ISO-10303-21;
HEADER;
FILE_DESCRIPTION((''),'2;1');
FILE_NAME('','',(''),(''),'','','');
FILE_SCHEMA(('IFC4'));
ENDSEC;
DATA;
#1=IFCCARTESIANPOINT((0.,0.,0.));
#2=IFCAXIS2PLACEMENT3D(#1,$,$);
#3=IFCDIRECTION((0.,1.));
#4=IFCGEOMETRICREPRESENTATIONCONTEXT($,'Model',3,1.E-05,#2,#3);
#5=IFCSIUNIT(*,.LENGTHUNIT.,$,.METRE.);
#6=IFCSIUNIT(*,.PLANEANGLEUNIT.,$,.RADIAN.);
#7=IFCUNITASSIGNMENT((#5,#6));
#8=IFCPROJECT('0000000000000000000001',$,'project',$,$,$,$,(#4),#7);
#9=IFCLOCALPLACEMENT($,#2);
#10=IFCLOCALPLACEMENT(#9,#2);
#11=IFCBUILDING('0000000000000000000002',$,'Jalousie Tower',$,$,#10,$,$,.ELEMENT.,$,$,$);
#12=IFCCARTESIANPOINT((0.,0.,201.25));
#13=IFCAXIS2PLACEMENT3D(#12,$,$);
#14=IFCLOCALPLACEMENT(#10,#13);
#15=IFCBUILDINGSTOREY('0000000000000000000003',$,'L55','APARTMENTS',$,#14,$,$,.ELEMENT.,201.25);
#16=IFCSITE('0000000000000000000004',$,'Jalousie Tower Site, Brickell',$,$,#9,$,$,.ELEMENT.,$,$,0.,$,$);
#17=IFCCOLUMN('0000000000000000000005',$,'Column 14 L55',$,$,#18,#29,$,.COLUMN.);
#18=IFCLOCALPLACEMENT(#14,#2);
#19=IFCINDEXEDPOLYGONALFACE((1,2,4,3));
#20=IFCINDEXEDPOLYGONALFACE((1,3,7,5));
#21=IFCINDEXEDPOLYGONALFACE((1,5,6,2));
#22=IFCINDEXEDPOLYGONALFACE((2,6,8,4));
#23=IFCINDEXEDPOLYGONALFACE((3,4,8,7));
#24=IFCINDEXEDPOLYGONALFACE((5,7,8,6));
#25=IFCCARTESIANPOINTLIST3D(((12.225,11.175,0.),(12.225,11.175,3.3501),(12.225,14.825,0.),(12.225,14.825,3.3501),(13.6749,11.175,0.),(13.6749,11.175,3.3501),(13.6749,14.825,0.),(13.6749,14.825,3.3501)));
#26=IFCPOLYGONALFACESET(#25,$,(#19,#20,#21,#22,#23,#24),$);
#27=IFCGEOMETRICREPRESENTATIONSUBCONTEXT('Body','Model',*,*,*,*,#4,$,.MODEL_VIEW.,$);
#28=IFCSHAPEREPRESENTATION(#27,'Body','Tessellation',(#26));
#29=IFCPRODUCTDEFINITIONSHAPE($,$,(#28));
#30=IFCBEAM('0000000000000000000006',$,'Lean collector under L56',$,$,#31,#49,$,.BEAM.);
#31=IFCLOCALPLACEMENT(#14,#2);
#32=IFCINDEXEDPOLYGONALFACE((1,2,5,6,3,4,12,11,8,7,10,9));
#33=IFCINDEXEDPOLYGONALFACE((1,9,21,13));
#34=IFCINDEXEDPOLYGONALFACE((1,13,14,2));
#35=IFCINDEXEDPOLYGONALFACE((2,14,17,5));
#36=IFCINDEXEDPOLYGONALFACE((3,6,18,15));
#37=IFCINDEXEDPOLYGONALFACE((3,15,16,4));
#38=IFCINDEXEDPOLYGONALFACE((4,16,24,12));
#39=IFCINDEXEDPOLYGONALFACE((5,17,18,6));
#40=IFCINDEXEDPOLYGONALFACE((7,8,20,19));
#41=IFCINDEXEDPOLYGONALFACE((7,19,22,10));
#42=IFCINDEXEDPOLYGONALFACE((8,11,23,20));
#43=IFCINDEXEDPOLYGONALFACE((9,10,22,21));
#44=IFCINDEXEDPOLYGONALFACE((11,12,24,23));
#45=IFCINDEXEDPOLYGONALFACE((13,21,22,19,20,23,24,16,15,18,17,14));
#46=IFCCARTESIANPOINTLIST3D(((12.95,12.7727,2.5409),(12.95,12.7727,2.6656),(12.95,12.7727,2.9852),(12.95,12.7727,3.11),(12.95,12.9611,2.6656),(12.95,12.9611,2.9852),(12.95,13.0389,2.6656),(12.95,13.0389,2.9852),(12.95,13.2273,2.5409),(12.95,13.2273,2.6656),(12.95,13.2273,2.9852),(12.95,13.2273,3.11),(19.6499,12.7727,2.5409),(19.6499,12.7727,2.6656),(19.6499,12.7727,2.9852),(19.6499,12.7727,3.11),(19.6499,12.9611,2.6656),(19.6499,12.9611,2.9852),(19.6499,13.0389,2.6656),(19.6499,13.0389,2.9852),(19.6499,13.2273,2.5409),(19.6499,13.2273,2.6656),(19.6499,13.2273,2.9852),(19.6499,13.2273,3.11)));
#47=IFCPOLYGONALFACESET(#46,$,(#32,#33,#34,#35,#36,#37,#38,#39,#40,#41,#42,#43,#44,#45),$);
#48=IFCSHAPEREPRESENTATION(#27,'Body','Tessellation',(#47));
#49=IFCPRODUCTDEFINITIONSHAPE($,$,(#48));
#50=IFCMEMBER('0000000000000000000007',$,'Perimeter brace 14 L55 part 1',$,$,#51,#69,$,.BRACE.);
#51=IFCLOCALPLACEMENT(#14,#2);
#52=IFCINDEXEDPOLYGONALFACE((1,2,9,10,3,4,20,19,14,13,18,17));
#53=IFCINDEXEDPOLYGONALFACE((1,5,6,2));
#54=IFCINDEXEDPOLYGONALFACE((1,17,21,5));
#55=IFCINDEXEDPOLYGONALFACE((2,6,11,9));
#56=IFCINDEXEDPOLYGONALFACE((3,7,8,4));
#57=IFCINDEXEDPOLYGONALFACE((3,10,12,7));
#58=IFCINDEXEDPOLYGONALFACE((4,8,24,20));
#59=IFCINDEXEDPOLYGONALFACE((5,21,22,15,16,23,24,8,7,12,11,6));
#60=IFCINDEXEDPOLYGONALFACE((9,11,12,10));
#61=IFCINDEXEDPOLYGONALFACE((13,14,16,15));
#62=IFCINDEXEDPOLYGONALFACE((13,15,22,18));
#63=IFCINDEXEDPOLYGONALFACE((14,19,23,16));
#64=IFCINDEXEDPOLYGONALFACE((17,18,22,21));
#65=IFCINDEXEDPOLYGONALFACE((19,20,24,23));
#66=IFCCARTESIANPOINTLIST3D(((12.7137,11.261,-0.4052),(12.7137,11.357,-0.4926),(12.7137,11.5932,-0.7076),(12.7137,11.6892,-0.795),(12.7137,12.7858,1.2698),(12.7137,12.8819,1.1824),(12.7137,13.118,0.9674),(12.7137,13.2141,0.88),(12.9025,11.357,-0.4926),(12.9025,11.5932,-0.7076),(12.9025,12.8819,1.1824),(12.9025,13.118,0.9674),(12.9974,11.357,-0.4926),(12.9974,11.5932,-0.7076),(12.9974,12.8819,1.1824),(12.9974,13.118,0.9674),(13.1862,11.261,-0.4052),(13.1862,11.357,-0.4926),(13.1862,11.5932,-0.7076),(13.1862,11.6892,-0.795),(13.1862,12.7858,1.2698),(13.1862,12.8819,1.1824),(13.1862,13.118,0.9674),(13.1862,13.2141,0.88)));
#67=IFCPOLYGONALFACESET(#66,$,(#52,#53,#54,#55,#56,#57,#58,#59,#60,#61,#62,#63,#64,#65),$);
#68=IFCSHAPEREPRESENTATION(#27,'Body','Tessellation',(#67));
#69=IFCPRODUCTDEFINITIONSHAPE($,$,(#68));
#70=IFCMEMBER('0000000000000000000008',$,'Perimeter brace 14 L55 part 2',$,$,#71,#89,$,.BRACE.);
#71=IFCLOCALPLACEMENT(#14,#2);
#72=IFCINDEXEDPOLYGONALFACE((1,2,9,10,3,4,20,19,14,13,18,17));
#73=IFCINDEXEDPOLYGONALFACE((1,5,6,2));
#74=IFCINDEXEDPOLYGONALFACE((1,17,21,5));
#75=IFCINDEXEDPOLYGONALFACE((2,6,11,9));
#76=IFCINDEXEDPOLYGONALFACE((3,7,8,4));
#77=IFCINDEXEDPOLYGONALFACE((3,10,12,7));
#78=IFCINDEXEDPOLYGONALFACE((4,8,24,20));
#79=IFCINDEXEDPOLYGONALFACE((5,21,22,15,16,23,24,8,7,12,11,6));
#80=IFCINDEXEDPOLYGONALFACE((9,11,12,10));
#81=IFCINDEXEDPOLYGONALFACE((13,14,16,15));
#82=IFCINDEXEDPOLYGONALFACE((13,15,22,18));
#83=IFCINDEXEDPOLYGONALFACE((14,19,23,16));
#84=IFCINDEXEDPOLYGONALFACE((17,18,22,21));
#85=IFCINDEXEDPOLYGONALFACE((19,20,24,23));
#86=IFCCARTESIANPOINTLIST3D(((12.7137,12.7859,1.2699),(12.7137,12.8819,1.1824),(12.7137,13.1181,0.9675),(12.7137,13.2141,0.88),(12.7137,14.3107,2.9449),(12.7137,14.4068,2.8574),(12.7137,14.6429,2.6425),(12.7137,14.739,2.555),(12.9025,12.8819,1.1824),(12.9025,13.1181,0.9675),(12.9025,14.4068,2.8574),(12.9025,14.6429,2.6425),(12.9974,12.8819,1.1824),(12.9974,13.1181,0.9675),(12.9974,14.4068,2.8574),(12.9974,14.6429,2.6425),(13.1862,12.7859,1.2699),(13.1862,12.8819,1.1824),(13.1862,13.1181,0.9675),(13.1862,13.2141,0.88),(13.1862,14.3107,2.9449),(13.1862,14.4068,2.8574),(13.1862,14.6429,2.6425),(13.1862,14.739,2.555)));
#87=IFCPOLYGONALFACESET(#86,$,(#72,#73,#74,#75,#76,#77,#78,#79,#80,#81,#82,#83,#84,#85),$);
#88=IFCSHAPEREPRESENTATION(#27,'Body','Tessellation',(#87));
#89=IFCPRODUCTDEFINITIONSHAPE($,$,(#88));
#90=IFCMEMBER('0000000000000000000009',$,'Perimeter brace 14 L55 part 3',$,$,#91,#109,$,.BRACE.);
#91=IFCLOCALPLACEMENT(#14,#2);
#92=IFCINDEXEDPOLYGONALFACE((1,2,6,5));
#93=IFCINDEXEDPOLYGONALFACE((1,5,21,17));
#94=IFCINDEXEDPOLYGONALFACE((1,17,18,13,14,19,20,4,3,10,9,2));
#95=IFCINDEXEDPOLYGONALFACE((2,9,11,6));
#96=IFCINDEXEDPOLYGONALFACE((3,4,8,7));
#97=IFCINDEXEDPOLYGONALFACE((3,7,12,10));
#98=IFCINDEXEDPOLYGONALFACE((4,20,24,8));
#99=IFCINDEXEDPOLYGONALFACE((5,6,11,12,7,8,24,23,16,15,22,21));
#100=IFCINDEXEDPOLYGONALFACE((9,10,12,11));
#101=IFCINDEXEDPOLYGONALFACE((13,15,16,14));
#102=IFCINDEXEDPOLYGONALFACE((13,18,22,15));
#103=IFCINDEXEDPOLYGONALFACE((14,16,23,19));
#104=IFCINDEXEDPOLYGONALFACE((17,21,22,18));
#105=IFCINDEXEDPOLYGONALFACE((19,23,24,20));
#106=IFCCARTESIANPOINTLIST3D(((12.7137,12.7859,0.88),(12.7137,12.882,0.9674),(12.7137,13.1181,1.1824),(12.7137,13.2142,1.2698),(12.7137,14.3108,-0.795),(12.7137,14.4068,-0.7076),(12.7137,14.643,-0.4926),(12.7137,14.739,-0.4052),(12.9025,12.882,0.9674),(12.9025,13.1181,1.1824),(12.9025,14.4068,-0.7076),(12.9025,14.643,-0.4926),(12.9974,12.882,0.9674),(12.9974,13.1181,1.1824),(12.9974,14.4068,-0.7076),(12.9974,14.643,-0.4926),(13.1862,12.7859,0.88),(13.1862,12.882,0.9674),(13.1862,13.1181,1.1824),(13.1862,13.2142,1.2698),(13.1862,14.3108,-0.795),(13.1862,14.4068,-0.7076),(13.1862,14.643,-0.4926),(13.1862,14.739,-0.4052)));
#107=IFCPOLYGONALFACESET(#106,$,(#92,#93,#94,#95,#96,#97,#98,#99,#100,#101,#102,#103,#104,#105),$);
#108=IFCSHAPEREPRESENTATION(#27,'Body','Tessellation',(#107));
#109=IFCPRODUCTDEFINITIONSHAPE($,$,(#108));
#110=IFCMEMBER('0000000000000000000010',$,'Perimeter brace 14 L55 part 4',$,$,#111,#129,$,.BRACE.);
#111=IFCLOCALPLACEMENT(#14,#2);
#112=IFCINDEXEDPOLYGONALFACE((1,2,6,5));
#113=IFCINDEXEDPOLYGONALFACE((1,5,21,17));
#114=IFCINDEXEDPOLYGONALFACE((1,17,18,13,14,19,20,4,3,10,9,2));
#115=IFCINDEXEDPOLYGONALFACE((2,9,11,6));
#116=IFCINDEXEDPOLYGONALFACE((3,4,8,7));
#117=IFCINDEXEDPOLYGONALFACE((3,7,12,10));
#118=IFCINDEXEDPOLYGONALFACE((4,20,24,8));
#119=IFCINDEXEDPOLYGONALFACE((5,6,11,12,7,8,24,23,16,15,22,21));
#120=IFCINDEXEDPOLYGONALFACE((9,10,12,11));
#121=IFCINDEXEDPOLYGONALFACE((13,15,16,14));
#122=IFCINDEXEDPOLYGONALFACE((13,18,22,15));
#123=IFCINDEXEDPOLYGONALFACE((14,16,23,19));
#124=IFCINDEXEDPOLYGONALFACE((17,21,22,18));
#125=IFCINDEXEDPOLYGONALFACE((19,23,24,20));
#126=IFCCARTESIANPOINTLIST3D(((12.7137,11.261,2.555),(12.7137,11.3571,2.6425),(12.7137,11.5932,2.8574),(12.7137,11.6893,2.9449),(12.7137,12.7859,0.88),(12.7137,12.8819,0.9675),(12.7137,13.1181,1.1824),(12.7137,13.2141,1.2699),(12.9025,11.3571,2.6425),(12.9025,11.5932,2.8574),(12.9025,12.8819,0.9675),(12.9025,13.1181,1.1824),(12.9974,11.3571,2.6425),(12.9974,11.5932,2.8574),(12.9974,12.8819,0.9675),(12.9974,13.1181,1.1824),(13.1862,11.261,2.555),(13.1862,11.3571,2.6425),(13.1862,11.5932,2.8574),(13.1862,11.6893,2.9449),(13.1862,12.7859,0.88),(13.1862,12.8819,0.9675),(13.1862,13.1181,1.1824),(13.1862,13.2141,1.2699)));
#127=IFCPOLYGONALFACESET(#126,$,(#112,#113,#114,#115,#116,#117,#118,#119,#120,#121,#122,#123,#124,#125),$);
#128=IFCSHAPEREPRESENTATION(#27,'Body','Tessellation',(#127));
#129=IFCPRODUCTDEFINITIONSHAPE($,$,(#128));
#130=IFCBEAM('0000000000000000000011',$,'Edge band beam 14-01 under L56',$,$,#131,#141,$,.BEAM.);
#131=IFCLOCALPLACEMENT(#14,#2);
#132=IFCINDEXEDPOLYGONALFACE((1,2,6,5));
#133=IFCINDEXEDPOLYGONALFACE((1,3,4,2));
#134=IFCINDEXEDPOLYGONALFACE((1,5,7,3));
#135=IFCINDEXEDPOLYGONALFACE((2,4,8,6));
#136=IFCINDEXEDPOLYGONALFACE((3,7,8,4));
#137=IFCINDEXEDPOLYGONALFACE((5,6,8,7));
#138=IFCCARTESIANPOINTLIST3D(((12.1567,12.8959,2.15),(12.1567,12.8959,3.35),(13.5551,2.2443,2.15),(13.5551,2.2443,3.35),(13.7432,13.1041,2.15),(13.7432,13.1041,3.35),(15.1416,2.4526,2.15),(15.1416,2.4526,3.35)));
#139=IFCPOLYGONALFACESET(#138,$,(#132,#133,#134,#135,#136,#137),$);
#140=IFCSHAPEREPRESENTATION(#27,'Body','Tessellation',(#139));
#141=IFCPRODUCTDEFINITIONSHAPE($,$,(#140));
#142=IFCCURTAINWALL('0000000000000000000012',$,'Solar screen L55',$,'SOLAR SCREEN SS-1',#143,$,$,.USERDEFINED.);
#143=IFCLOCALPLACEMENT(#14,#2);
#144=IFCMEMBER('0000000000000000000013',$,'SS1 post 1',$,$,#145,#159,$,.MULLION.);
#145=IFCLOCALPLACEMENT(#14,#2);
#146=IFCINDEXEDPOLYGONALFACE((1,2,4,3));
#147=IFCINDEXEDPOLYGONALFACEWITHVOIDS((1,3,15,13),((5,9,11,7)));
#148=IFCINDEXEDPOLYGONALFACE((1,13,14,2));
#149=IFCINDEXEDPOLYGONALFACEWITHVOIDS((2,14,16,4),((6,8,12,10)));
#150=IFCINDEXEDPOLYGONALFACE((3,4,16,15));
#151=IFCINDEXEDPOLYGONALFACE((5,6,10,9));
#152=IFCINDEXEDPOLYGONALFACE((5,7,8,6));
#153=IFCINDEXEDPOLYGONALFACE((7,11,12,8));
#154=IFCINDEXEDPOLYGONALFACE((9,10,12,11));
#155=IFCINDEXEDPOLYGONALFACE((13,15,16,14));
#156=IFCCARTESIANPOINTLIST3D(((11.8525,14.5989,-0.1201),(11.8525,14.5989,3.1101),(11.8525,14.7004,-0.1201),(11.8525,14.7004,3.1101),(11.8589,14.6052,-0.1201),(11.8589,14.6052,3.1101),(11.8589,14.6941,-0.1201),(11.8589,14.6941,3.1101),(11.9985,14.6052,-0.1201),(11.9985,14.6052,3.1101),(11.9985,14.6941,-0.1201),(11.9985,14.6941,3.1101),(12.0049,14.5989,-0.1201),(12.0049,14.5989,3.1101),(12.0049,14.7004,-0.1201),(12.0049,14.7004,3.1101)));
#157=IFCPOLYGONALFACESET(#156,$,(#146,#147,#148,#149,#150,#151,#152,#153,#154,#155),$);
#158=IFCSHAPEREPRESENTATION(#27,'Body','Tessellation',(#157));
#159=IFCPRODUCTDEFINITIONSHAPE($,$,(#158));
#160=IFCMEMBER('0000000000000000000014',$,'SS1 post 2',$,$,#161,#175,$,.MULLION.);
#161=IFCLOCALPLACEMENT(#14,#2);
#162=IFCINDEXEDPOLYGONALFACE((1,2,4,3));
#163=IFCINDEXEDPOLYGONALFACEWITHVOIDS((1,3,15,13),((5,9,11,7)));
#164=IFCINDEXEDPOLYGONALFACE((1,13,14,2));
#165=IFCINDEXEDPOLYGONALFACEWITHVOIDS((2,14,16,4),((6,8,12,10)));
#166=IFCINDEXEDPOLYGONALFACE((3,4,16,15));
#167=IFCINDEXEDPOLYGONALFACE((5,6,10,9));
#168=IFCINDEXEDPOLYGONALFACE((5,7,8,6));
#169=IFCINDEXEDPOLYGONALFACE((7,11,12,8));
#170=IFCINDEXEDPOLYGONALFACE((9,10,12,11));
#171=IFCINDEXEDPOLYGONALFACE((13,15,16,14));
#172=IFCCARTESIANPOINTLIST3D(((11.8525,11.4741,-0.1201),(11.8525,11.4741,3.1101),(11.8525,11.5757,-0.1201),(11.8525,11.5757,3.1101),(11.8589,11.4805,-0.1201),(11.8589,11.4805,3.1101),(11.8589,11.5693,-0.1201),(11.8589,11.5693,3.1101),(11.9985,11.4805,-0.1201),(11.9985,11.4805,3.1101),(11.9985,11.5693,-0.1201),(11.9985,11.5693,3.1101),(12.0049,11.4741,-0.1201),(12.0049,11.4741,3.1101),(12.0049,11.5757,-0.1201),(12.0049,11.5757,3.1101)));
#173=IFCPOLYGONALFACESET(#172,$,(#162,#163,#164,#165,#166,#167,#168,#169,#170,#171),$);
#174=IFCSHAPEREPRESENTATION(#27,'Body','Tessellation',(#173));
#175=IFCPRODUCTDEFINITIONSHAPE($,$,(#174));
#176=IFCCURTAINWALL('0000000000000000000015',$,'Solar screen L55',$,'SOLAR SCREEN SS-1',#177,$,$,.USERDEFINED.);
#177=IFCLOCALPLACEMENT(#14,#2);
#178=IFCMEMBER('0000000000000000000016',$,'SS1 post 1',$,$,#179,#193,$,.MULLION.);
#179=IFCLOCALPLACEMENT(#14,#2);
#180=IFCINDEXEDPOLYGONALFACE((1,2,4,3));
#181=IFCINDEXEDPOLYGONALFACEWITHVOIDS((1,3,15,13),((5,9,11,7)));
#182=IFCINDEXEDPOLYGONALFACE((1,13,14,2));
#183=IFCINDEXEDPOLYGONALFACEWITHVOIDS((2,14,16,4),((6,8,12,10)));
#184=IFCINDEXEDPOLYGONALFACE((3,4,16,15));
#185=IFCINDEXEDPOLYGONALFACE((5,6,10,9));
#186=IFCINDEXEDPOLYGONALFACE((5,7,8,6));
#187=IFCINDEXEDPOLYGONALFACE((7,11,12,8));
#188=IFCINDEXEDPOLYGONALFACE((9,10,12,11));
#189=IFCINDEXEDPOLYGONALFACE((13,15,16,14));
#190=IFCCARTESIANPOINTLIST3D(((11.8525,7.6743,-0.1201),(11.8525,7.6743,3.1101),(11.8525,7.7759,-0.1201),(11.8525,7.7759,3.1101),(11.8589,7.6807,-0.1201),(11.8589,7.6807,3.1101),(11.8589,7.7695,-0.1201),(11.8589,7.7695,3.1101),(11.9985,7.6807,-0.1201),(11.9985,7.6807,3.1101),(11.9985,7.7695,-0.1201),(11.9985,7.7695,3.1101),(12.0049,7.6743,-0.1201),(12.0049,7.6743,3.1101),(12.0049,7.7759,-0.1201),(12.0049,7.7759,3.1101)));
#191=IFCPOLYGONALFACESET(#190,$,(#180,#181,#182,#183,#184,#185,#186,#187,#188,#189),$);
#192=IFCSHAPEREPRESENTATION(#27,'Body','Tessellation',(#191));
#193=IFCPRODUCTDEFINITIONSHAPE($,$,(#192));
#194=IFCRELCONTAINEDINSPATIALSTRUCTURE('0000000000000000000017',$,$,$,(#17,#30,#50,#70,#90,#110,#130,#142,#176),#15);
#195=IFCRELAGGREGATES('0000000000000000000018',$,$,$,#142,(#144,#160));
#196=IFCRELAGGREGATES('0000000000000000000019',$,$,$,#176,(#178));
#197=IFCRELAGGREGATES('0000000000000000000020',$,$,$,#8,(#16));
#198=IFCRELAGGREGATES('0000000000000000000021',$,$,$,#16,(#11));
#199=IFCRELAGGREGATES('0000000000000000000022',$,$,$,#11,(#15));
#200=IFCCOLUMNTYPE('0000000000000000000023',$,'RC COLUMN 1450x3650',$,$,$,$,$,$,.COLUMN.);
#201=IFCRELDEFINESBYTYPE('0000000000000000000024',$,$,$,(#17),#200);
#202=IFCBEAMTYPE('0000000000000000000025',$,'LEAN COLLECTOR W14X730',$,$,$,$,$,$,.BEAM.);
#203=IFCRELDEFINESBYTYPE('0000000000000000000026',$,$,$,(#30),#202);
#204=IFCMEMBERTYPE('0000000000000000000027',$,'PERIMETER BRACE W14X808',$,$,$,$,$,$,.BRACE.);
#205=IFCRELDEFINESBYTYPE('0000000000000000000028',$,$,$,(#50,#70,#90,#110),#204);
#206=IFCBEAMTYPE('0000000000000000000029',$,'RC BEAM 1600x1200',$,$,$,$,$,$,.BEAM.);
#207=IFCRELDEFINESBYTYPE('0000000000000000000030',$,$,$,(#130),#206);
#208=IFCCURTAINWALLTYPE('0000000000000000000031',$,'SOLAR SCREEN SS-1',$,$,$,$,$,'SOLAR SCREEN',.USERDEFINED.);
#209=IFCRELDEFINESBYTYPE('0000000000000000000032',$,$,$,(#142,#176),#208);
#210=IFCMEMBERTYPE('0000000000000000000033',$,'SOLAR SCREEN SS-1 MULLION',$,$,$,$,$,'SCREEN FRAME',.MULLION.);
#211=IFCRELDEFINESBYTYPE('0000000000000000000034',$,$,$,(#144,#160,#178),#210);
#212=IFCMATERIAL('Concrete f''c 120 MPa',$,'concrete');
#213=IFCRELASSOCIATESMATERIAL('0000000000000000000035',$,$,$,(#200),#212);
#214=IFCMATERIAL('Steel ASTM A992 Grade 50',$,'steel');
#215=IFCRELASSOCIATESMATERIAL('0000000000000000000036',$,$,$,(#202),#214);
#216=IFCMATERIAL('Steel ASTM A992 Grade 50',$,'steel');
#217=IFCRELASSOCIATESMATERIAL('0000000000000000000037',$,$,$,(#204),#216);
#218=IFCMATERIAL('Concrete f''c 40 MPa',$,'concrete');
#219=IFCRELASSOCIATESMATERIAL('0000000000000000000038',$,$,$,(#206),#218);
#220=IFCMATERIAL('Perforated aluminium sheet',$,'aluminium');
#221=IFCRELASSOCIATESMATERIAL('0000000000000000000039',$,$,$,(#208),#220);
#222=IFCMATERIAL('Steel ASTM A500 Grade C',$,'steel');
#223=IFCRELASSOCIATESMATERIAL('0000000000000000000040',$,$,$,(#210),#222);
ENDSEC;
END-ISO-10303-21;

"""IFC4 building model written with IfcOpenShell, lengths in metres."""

from ifc_helpers import new_model, si_unit, direction, frame, origin, origin_2d, place, context, subcontext, project, spatial, rectangle, hollow_rectangle, i_section, extrude, material, material_profile, profile_set, type_object, element, aggregate, save


model = new_model("IFC4")

# Units and contexts
model_context = context("Model", 3, precision=1e-05, world=origin(), true_north=direction((0.0, 1.0)))
body_context = subcontext(model_context, "Body", "Model", "MODEL_VIEW")
ifc_project = project(units=[si_unit("LENGTHUNIT", "METRE"), si_unit("PLANEANGLEUNIT", "RADIAN")], contexts=[model_context])

# Site, building, storey
site_placement = place(None, origin())
site = spatial("IfcSite", under=ifc_project, at=site_placement, Name="Jalousie Tower Site, Brickell", CompositionType="ELEMENT", RefElevation=0.0)
building_placement = place(site_placement, origin())
building = spatial("IfcBuilding", under=site, at=building_placement, Name="Jalousie Tower", CompositionType="ELEMENT")
storey_placement = place(building_placement, frame((0.0, 0.0, 201.25)))
storey = spatial("IfcBuildingStorey", under=building, at=storey_placement, Name="L55", Description="APARTMENTS", CompositionType="ELEMENT", Elevation=201.25)

# Column
ifc_material_1 = material(Name="Concrete f'c 120 MPa", Category="concrete")
ifc_material_profile_1 = material_profile(ifc_material_1, rectangle(XDim=1.45, YDim=3.6499, at=origin_2d()), Name="RC 1450x3650")
ifc_profile_set_1 = profile_set([ifc_material_profile_1], Name="Concrete f'c 120 MPa")
column_type = type_object("IfcColumnType", Name="RC COLUMN 1450x3650", PredefinedType="COLUMN", material=ifc_profile_set_1)
column_placement = place(storey_placement, frame((12.95, 13.0, 0.0), z_axis=(0.0, 0.0, 1.0), x_axis=(1.0, 0.0, 0.0)))
element("IfcColumn", 1, at=column_placement, inside=storey, type_object=column_type, Name="Column 14 L55", PredefinedType="COLUMN", context=body_context, shape_type="SweptSolid", body=[
    extrude(rectangle(XDim=1.45, YDim=3.6499, at=origin_2d()), origin(), (0.0, 0.0, 1.0), 3.3501),
])

# Beam
ifc_material_2 = material(Name="Steel ASTM A992 Grade 50", Category="steel")
ifc_material_profile_2 = material_profile(ifc_material_2, i_section(OverallWidth=0.4546, OverallDepth=0.5691, WebThickness=0.0779, FlangeThickness=0.1248, at=origin_2d()), Name="W14X730")
ifc_profile_set_2 = profile_set([ifc_material_profile_2], Name="Steel ASTM A992 Grade 50")
beam_type_1 = type_object("IfcBeamType", Name="LEAN COLLECTOR W14X730", PredefinedType="BEAM", material=ifc_profile_set_2)
beam_1_placement = place(storey_placement, frame((12.95, 13.0, 2.8254), z_axis=(1.0, 0.0, 0.0), x_axis=(0.0, 1.0, 0.0)))
element("IfcBeam", 2, at=beam_1_placement, inside=storey, type_object=beam_type_1, Name="Lean collector under L56", PredefinedType="BEAM", context=body_context, shape_type="SweptSolid", body=[
    extrude(i_section(OverallWidth=0.4546, OverallDepth=0.5691, WebThickness=0.0779, FlangeThickness=0.1248, at=origin_2d()), origin(), (0.0, 0.0, 1.0), 6.7),
])

# Members
ifc_material_3 = material(Name="Steel ASTM A992 Grade 50", Category="steel")
ifc_material_profile_3 = material_profile(ifc_material_3, i_section(OverallWidth=0.4724, OverallDepth=0.5791, WebThickness=0.095, FlangeThickness=0.1299, at=origin_2d()), Name="W14X808")
ifc_profile_set_3 = profile_set([ifc_material_profile_3], Name="Steel ASTM A992 Grade 50")
member_type_1 = type_object("IfcMemberType", Name="PERIMETER BRACE W14X808", PredefinedType="BRACE", material=ifc_profile_set_3)
for number, where, z_axis, x_axis, name in (
    (3, (12.95, 11.4751, -0.6001), (0.0, 0.673188, 0.739472), (-1.0, 0.0, 0.0), "Perimeter brace 14 L55 part 1"),
    (4, (12.95, 13.0, 1.075), (0.0, 0.673188, 0.739472), (-1.0, 0.0, 0.0), "Perimeter brace 14 L55 part 2"),
    (5, (12.95, 14.5249, -0.6001), (0.0, -0.673188, 0.739472), (1.0, 0.0, 0.0), "Perimeter brace 14 L55 part 3"),
    (6, (12.95, 13.0, 1.075), (0.0, -0.673188, 0.739472), (1.0, 0.0, 0.0), "Perimeter brace 14 L55 part 4"),
):
    element("IfcMember", number, at=place(storey_placement, frame(where, z_axis=z_axis, x_axis=x_axis)), inside=storey, type_object=member_type_1, Name=name, PredefinedType="BRACE", context=body_context, shape_type="SweptSolid", body=[
        extrude(i_section(OverallWidth=0.4724, OverallDepth=0.5791, WebThickness=0.095, FlangeThickness=0.1299, at=origin_2d()), origin(), (0.0, 0.0, 1.0), 2.2651),
    ])

# Beam
ifc_material_4 = material(Name="Concrete f'c 40 MPa", Category="concrete")
ifc_material_profile_4 = material_profile(ifc_material_4, rectangle(XDim=1.6001, YDim=1.2, at=origin_2d()), Name="RC 1600x1200")
ifc_profile_set_4 = profile_set([ifc_material_profile_4], Name="Concrete f'c 40 MPa")
beam_type_2 = type_object("IfcBeamType", Name="RC BEAM 1600x1200", PredefinedType="BEAM", material=ifc_profile_set_4)
beam_2_placement = place(storey_placement, frame((12.95, 13.0, 2.75), z_axis=(0.130172, -0.991491, 0.0), x_axis=(0.991491, 0.130172, 0.0)))
element("IfcBeam", 7, at=beam_2_placement, inside=storey, type_object=beam_type_2, Name="Edge band beam 14-01 under L56", PredefinedType="BEAM", context=body_context, shape_type="SweptSolid", body=[
    extrude(rectangle(XDim=1.6001, YDim=1.2, at=origin_2d()), origin(), (0.0, 0.0, 1.0), 10.7429),
])

# Curtain walls, members
ifc_material_5 = material(Name="Perforated aluminium sheet", Category="aluminium")
curtain_wall_type = type_object("IfcCurtainWallType", Name="SOLAR SCREEN SS-1", ElementType="SOLAR SCREEN", PredefinedType="USERDEFINED", material=ifc_material_5)
curtain_wall_1_placement = place(storey_placement, origin())
curtain_wall_1 = element("IfcCurtainWall", 8, at=curtain_wall_1_placement, inside=storey, type_object=curtain_wall_type, Name="Solar screen L55", ObjectType="SOLAR SCREEN SS-1", PredefinedType="USERDEFINED")
ifc_material_6 = material(Name="Steel ASTM A500 Grade C", Category="steel")
ifc_material_profile_5 = material_profile(ifc_material_6, hollow_rectangle(XDim=0.1016, YDim=0.1523, WallThickness=0.0063, at=origin_2d()), Name="HSS6X4X1/4")
ifc_profile_set_5 = profile_set([ifc_material_profile_5], Name="Steel ASTM A500 Grade C")
member_type_2 = type_object("IfcMemberType", Name="SOLAR SCREEN SS-1 MULLION", ElementType="SCREEN FRAME", PredefinedType="MULLION", material=ifc_profile_set_5)
member_1_placement = place(storey_placement, frame((11.9287, 14.6497, -0.1201), z_axis=(0.0, 0.0, 1.0), x_axis=(0.0, -1.0, 0.0)))
member_1 = element("IfcMember", 9, at=member_1_placement, type_object=member_type_2, Name="SS1 post 1", PredefinedType="MULLION", context=body_context, shape_type="SweptSolid", body=[
    extrude(hollow_rectangle(XDim=0.1016, YDim=0.1523, WallThickness=0.0063, at=origin_2d()), origin(), (0.0, 0.0, 1.0), 3.2302),
])
member_2_placement = place(storey_placement, frame((11.9287, 11.5249, -0.1201), z_axis=(0.0, 0.0, 1.0), x_axis=(0.0, -1.0, 0.0)))
member_2 = element("IfcMember", 10, at=member_2_placement, type_object=member_type_2, Name="SS1 post 2", PredefinedType="MULLION", context=body_context, shape_type="SweptSolid", body=[
    extrude(hollow_rectangle(XDim=0.1016, YDim=0.1523, WallThickness=0.0063, at=origin_2d()), origin(), (0.0, 0.0, 1.0), 3.2302),
])
curtain_wall_2_placement = place(storey_placement, origin())
curtain_wall_2 = element("IfcCurtainWall", 11, at=curtain_wall_2_placement, inside=storey, type_object=curtain_wall_type, Name="Solar screen L55", ObjectType="SOLAR SCREEN SS-1", PredefinedType="USERDEFINED")
member_3_placement = place(storey_placement, frame((11.9287, 7.7251, -0.1201), z_axis=(0.0, 0.0, 1.0), x_axis=(0.0, -1.0, 0.0)))
member_3 = element("IfcMember", 12, at=member_3_placement, type_object=member_type_2, Name="SS1 post 1", PredefinedType="MULLION", context=body_context, shape_type="SweptSolid", body=[
    extrude(hollow_rectangle(XDim=0.1016, YDim=0.1523, WallThickness=0.0063, at=origin_2d()), origin(), (0.0, 0.0, 1.0), 3.2302),
])

aggregate(curtain_wall_1, [member_1, member_2])
aggregate(curtain_wall_2, [member_3])

save(model, "model.ifc")
